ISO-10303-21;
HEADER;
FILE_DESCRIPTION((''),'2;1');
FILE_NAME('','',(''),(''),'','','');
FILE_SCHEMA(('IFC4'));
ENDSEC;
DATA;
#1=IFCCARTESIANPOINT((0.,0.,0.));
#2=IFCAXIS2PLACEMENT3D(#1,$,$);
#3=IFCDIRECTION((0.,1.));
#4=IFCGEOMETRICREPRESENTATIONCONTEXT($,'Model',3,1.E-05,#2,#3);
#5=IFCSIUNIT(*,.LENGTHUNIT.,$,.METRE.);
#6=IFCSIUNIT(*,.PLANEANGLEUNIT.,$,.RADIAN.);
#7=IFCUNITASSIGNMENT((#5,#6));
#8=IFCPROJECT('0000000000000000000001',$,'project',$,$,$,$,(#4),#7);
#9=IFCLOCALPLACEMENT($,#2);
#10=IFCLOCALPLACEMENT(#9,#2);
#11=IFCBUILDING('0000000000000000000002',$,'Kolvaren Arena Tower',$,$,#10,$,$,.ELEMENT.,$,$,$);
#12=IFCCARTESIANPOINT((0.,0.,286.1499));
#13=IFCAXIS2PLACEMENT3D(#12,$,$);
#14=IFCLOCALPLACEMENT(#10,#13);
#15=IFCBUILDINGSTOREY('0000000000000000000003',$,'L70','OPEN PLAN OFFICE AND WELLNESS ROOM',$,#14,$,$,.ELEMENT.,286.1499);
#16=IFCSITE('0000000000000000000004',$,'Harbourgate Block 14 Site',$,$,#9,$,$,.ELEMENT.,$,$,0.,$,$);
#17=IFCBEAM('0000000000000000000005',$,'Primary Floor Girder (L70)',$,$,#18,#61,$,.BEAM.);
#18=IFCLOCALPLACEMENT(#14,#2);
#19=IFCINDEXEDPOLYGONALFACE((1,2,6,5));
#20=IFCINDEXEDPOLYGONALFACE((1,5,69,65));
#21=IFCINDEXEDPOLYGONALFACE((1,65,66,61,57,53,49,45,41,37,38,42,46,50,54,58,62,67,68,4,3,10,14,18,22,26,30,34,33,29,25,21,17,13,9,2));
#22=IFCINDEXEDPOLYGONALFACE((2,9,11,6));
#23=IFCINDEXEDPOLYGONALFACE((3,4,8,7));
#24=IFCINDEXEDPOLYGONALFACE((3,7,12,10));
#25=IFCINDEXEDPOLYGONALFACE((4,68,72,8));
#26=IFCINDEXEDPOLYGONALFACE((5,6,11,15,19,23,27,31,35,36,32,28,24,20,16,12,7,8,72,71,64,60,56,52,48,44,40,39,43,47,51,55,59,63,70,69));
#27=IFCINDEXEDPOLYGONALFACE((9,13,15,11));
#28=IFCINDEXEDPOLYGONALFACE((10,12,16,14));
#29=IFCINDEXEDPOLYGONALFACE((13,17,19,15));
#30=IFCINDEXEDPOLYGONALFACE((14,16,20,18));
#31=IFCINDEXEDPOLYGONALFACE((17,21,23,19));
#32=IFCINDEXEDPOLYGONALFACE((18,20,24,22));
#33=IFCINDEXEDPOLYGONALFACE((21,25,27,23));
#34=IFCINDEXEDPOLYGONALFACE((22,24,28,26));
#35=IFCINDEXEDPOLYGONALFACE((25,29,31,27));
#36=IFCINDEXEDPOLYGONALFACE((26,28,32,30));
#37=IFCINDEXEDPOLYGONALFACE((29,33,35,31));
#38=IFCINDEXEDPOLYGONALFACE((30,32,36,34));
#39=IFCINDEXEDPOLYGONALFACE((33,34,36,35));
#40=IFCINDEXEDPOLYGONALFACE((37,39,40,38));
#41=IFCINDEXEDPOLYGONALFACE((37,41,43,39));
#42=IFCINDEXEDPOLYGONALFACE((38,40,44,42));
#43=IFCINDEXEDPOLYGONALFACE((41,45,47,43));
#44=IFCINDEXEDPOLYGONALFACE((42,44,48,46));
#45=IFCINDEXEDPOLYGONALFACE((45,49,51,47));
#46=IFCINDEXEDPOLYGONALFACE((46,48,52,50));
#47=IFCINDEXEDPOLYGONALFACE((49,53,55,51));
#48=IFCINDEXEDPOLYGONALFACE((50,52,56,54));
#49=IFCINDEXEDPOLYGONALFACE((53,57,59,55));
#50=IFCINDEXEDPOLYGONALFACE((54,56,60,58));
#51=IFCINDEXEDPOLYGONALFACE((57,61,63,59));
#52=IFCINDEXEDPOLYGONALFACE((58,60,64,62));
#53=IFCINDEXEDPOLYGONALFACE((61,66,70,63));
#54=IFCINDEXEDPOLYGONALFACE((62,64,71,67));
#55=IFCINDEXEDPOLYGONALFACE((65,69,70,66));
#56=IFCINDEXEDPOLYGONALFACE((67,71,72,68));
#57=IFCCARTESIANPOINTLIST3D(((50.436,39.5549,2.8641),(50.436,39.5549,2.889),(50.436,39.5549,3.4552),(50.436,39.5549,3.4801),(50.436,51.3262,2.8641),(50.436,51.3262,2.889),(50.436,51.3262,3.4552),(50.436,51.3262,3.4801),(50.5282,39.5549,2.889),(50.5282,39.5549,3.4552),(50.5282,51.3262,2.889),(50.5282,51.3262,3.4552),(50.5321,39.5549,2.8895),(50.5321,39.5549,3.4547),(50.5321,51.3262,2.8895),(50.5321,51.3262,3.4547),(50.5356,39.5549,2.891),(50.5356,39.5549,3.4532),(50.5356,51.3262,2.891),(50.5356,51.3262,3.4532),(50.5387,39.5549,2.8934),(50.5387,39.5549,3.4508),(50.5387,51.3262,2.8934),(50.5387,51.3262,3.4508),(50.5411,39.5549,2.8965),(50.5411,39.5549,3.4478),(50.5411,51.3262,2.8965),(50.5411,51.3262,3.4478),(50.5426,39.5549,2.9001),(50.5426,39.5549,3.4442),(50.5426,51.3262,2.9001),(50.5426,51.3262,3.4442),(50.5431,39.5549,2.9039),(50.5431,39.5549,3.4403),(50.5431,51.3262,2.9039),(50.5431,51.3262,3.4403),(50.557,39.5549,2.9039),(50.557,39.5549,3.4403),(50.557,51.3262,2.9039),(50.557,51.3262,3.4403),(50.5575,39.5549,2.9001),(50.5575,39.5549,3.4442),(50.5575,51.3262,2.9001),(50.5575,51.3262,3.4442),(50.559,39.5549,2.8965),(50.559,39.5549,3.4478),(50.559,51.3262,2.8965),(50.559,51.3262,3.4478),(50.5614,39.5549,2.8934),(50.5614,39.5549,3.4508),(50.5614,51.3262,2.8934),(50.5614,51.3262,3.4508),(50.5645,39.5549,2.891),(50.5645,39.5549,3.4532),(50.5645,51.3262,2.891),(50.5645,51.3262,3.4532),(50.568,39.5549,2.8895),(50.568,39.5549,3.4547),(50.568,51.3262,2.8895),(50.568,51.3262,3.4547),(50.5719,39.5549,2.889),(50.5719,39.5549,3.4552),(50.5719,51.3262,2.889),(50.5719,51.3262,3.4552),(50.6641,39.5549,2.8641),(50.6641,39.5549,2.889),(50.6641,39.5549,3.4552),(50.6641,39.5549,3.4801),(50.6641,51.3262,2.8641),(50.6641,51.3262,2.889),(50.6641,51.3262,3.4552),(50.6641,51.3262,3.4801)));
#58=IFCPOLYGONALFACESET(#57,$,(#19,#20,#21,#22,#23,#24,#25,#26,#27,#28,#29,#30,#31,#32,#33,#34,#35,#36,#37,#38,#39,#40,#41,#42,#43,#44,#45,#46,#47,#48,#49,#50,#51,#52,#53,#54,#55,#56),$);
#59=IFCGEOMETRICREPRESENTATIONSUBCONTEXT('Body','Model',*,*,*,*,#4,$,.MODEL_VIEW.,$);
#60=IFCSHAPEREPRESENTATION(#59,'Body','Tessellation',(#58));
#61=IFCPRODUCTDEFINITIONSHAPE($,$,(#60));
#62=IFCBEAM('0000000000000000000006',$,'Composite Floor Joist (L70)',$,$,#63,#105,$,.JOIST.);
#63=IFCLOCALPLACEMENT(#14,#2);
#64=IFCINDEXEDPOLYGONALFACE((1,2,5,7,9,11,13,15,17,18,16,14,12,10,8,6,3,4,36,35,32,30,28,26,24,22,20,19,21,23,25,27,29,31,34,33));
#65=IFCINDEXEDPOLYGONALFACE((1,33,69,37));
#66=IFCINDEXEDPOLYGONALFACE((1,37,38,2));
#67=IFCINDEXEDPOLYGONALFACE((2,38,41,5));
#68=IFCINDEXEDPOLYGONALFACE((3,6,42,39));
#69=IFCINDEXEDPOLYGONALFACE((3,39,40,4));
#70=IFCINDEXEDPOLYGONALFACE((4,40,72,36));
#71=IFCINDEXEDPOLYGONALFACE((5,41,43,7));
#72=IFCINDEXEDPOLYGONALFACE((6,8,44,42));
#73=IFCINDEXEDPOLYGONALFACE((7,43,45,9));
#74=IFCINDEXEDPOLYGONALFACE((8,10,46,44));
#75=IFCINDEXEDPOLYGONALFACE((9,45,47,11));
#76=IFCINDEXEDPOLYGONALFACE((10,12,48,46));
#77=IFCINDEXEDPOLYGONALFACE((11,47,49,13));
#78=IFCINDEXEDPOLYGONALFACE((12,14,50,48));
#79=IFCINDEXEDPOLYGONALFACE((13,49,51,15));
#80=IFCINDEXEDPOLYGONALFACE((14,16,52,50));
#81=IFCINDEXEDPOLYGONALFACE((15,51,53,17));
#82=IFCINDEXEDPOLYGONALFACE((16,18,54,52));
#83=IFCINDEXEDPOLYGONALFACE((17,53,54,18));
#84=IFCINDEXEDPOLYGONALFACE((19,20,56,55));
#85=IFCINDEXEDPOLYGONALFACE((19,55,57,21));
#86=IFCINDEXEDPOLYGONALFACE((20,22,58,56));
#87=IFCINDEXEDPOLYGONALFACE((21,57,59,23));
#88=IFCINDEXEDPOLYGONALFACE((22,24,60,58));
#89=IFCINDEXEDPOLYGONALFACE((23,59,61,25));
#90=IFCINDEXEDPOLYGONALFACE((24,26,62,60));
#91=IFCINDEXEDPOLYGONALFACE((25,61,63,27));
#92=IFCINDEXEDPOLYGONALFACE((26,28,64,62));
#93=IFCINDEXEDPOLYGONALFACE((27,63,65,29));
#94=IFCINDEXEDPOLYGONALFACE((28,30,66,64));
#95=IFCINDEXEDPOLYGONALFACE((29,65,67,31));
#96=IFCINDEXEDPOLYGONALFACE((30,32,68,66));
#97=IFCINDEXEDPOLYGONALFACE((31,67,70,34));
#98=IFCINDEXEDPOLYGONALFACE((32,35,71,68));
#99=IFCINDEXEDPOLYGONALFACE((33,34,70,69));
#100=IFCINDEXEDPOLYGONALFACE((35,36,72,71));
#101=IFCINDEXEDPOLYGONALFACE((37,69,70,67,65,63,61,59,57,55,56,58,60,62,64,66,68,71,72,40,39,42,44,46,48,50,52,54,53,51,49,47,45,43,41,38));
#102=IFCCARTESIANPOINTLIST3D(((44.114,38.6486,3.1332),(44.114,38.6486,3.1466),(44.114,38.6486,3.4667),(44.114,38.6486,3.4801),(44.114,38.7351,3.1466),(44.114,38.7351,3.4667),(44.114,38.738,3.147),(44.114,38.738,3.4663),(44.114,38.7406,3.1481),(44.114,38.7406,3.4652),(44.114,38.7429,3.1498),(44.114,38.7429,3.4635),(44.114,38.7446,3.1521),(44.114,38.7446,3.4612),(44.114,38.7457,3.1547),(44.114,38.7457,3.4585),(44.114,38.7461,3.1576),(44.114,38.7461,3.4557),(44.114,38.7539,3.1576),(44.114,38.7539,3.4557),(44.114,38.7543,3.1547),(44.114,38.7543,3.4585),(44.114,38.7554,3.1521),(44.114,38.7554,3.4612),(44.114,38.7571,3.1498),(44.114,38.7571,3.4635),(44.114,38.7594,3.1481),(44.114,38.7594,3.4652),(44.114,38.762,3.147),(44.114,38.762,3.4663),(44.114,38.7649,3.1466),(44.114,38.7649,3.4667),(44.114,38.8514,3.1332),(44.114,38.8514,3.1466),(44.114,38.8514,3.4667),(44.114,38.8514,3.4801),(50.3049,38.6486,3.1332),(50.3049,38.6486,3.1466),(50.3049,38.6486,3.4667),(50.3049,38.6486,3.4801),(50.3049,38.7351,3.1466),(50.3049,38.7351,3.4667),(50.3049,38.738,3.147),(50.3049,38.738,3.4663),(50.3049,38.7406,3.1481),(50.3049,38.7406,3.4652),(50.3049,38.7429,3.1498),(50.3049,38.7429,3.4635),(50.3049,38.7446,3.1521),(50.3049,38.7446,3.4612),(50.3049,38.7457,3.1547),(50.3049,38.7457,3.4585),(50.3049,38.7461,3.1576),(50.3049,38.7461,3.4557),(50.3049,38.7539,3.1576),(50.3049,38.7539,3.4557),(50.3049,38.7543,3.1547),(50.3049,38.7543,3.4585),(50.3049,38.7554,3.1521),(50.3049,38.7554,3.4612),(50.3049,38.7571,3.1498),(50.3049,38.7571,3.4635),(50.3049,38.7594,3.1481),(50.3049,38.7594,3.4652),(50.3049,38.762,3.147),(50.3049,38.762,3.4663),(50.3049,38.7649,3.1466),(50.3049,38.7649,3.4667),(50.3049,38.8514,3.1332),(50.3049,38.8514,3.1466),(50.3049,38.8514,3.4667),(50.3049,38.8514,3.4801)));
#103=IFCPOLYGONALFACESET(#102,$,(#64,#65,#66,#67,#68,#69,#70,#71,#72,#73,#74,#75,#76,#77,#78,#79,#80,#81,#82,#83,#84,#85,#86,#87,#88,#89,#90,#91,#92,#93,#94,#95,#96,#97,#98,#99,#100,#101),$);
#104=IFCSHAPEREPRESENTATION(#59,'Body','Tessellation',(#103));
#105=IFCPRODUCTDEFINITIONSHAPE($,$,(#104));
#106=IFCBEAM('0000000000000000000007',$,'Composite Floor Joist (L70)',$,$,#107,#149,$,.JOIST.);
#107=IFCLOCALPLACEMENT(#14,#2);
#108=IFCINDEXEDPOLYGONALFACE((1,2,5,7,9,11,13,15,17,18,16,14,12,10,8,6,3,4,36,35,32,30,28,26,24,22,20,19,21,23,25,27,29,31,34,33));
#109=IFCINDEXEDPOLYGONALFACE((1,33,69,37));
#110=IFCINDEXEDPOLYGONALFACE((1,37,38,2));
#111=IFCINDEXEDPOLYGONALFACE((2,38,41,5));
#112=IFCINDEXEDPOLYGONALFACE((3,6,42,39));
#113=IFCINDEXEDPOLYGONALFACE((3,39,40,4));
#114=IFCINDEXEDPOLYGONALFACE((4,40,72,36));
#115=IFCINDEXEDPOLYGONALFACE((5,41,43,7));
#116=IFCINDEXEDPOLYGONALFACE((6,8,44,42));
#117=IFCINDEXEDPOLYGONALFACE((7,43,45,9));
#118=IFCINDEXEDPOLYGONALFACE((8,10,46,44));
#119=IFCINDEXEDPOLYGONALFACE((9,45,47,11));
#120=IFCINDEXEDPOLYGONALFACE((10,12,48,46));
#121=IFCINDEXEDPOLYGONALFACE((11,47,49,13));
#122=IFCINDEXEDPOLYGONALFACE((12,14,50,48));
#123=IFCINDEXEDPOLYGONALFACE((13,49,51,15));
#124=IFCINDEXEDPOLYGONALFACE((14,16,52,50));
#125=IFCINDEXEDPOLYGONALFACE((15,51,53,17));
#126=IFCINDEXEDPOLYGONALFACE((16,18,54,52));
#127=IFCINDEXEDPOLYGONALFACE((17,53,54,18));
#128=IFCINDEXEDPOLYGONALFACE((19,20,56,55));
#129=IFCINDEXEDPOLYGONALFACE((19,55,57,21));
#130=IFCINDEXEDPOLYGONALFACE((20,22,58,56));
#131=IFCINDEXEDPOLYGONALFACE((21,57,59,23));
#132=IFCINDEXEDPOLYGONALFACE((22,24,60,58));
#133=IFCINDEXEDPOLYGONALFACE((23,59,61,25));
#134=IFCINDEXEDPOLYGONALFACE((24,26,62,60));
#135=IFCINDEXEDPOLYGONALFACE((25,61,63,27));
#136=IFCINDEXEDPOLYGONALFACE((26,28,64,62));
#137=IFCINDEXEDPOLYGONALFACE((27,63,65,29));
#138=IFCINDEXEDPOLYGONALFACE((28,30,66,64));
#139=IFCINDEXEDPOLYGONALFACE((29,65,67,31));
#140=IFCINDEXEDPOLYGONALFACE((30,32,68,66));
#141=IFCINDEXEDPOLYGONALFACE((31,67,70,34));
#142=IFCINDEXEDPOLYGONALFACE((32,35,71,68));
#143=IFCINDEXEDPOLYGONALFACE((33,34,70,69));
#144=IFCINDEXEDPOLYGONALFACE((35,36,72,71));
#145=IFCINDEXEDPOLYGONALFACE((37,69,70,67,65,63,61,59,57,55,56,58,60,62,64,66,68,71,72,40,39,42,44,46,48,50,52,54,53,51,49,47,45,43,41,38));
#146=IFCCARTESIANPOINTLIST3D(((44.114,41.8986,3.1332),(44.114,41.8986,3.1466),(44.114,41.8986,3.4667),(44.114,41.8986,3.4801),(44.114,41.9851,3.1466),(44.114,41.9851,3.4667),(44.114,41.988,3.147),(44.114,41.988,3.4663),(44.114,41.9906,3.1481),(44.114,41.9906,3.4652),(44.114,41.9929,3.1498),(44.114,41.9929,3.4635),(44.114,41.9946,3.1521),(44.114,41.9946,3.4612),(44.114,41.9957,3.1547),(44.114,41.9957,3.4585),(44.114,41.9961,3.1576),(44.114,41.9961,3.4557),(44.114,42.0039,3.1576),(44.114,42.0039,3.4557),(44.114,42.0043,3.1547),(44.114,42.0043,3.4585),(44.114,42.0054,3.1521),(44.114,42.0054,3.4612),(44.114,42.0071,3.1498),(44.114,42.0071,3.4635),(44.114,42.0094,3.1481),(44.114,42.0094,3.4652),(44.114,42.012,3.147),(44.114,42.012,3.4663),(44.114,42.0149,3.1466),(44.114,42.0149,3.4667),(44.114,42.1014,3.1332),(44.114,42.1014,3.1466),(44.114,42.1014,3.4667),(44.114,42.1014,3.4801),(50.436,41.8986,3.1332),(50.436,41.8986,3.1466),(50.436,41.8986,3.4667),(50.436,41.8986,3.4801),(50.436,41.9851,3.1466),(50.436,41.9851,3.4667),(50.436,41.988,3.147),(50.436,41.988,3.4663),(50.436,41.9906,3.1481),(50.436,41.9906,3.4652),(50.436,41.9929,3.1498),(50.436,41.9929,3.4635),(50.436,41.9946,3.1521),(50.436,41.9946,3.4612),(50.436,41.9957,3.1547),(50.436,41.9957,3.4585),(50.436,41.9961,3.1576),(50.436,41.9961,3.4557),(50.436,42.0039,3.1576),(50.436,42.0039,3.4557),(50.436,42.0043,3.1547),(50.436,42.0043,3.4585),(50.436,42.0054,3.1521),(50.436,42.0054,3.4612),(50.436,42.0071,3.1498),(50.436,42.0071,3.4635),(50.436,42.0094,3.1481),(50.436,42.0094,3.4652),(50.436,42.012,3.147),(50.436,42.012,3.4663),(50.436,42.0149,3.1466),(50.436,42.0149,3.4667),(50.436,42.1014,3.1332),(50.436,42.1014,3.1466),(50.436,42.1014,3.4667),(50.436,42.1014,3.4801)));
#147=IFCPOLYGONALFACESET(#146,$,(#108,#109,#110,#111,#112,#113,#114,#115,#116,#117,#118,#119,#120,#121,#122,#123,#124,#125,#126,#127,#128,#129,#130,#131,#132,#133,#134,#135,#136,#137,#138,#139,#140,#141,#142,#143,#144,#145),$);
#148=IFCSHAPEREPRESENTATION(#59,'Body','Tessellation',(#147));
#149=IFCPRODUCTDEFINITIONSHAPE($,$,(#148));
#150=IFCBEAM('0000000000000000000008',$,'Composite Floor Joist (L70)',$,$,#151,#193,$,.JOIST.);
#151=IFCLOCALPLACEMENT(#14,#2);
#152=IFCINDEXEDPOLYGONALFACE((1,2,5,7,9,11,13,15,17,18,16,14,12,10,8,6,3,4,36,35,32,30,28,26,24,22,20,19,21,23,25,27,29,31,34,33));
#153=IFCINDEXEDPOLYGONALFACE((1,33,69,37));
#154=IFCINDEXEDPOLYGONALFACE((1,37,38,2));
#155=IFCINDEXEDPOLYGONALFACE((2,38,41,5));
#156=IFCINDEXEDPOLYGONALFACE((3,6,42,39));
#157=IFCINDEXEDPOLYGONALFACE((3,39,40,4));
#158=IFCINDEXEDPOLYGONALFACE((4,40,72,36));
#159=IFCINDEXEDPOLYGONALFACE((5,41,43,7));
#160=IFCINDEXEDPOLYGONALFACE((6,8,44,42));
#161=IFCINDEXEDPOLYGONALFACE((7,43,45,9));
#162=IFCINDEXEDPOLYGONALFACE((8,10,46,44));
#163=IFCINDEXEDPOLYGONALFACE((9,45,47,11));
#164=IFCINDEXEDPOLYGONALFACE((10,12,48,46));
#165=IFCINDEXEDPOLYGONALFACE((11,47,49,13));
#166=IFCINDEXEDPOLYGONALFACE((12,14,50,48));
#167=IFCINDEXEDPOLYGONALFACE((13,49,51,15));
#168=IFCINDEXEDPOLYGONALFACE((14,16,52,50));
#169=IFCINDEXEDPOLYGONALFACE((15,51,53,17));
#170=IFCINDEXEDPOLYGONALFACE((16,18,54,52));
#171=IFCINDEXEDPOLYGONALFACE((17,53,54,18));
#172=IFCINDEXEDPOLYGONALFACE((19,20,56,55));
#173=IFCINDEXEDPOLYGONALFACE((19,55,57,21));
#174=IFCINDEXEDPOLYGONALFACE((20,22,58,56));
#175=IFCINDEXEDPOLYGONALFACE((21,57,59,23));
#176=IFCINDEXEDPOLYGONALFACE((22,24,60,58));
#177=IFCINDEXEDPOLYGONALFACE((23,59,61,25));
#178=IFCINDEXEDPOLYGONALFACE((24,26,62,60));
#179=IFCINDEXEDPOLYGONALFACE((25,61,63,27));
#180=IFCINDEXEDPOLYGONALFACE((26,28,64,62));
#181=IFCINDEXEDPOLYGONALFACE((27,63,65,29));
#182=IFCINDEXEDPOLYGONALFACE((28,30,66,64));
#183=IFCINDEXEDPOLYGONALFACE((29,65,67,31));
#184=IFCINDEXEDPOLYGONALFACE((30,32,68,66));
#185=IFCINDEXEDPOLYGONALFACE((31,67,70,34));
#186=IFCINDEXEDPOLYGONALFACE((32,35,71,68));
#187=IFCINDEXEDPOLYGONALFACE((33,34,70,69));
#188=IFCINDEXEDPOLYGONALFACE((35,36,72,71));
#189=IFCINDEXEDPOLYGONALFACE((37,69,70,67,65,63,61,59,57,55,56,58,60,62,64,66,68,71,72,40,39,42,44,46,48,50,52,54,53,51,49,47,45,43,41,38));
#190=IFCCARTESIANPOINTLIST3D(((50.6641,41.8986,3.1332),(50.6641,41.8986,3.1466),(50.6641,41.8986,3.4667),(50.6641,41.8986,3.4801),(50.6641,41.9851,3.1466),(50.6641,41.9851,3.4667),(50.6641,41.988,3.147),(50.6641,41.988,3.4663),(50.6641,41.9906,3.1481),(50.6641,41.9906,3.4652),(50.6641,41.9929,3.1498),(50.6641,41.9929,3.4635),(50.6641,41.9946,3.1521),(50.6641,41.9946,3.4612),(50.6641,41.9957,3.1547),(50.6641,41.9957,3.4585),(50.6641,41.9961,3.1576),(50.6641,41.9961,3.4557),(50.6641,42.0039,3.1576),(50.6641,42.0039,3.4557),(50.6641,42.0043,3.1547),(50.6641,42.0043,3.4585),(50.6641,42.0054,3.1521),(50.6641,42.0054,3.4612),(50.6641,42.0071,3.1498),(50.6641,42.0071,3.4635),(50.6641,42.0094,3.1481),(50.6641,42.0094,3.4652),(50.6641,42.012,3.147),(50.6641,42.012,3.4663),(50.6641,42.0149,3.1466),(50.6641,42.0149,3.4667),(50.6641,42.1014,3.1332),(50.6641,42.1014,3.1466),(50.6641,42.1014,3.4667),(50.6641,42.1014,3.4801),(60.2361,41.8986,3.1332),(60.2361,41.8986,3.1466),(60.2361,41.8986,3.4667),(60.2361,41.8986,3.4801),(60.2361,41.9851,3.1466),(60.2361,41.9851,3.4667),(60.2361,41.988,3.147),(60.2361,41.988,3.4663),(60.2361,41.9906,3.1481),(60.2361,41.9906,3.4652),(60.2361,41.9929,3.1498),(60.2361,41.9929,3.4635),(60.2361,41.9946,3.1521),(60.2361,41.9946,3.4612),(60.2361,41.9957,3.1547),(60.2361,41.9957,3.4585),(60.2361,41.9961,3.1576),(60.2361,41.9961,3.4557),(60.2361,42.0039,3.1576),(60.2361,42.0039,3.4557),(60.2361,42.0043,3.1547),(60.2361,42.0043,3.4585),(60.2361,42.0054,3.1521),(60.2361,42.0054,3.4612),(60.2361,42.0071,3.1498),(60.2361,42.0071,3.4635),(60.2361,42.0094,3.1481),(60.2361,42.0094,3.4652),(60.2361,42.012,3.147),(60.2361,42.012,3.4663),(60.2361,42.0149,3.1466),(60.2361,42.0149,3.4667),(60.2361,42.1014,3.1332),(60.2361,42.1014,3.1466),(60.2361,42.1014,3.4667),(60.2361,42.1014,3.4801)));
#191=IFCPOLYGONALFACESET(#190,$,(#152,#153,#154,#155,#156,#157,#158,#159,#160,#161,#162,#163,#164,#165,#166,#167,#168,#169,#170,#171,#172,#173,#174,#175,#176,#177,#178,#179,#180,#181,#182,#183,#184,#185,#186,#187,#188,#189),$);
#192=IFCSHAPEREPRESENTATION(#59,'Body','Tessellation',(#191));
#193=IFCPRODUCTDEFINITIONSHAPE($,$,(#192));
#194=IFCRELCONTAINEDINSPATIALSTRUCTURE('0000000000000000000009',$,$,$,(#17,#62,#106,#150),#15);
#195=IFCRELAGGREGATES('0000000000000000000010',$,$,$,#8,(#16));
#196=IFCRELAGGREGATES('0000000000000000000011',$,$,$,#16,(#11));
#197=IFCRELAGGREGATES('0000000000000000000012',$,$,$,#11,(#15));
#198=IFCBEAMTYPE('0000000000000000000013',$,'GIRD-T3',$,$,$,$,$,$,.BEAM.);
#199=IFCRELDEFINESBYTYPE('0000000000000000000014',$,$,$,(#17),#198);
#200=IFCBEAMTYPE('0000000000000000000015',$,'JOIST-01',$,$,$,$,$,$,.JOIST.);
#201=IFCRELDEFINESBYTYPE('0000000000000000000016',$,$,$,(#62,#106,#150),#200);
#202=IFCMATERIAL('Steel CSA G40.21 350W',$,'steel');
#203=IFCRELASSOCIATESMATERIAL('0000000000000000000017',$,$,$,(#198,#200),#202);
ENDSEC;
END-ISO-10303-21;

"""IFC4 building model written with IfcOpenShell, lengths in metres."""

from ifc_helpers import new_model, si_unit, direction, frame, origin, origin_2d, place, context, subcontext, project, spatial, i_section, extrude, material, material_profile, profile_set, type_object, element, save


model = new_model("IFC4")

# Units and contexts
model_context = context("Model", 3, precision=1e-05, world=origin(), true_north=direction((0.0, 1.0)))
body_context = subcontext(model_context, "Body", "Model", "MODEL_VIEW")
ifc_project = project(units=[si_unit("LENGTHUNIT", "METRE"), si_unit("PLANEANGLEUNIT", "RADIAN")], contexts=[model_context])

# Site, building, storey
site_placement = place(None, origin())
site = spatial("IfcSite", under=ifc_project, at=site_placement, Name="Harbourgate Block 14 Site", CompositionType="ELEMENT", RefElevation=0.0)
building_placement = place(site_placement, origin())
building = spatial("IfcBuilding", under=site, at=building_placement, Name="Kolvaren Arena Tower", CompositionType="ELEMENT")
storey_placement = place(building_placement, frame((0.0, 0.0, 286.1499)))
storey = spatial("IfcBuildingStorey", under=building, at=storey_placement, Name="L70", Description="OPEN PLAN OFFICE AND WELLNESS ROOM", CompositionType="ELEMENT", Elevation=286.1499)

# Beams
ifc_material_1 = material(Name="Steel CSA G40.21 350W", Category="steel")
ifc_material_profile_1 = material_profile(ifc_material_1, i_section(OverallWidth=0.228, OverallDepth=0.616, WebThickness=0.0139, FlangeThickness=0.0249, FilletRadius=0.0149, at=origin_2d()), Name="W610x174")
ifc_profile_set_1 = profile_set([ifc_material_profile_1], Name="Steel CSA G40.21 350W")
beam_type_1 = type_object("IfcBeamType", Name="GIRD-T3", PredefinedType="BEAM", material=ifc_profile_set_1)
beam_1_placement = place(storey_placement, frame((50.55, 39.5549, 3.1721), z_axis=(0.0, 1.0, 0.0), x_axis=(-1.0, 0.0, 0.0)))
element("IfcBeam", 1, at=beam_1_placement, inside=storey, type_object=beam_type_1, Name="Primary Floor Girder (L70)", PredefinedType="BEAM", context=body_context, shape_type="SweptSolid", body=[
    extrude(i_section(OverallWidth=0.228, OverallDepth=0.616, WebThickness=0.0139, FlangeThickness=0.0249, FilletRadius=0.0149, at=origin_2d()), origin(), (0.0, 0.0, 1.0), 11.7712),
])
ifc_material_profile_2 = material_profile(ifc_material_1, i_section(OverallWidth=0.2029, OverallDepth=0.3469, WebThickness=0.0078, FlangeThickness=0.0134, FilletRadius=0.011, at=origin_2d()), Name="W360x64")
ifc_profile_set_2 = profile_set([ifc_material_profile_2], Name="Steel CSA G40.21 350W")
beam_type_2 = type_object("IfcBeamType", Name="JOIST-01", PredefinedType="JOIST", material=ifc_profile_set_2)
beam_2_placement = place(storey_placement, frame((44.114, 38.75, 3.3066), z_axis=(1.0, 0.0, 0.0), x_axis=(0.0, 1.0, 0.0)))
element("IfcBeam", 2, at=beam_2_placement, inside=storey, type_object=beam_type_2, Name="Composite Floor Joist (L70)", PredefinedType="JOIST", context=body_context, shape_type="SweptSolid", body=[
    extrude(i_section(OverallWidth=0.2029, OverallDepth=0.3469, WebThickness=0.0078, FlangeThickness=0.0134, FilletRadius=0.011, at=origin_2d()), origin(), (0.0, 0.0, 1.0), 6.1909),
])
beam_3_placement = place(storey_placement, frame((44.114, 42.0, 3.3066), z_axis=(1.0, 0.0, 0.0), x_axis=(0.0, 1.0, 0.0)))
element("IfcBeam", 3, at=beam_3_placement, inside=storey, type_object=beam_type_2, Name="Composite Floor Joist (L70)", PredefinedType="JOIST", context=body_context, shape_type="SweptSolid", body=[
    extrude(i_section(OverallWidth=0.2029, OverallDepth=0.3469, WebThickness=0.0078, FlangeThickness=0.0134, FilletRadius=0.011, at=origin_2d()), origin(), (0.0, 0.0, 1.0), 6.322),
])
beam_4_placement = place(storey_placement, frame((50.6641, 42.0, 3.3066), z_axis=(1.0, 0.0, 0.0), x_axis=(0.0, 1.0, 0.0)))
element("IfcBeam", 4, at=beam_4_placement, inside=storey, type_object=beam_type_2, Name="Composite Floor Joist (L70)", PredefinedType="JOIST", context=body_context, shape_type="SweptSolid", body=[
    extrude(i_section(OverallWidth=0.2029, OverallDepth=0.3469, WebThickness=0.0078, FlangeThickness=0.0134, FilletRadius=0.011, at=origin_2d()), origin(), (0.0, 0.0, 1.0), 9.572),
])

save(model, "model.ifc")
